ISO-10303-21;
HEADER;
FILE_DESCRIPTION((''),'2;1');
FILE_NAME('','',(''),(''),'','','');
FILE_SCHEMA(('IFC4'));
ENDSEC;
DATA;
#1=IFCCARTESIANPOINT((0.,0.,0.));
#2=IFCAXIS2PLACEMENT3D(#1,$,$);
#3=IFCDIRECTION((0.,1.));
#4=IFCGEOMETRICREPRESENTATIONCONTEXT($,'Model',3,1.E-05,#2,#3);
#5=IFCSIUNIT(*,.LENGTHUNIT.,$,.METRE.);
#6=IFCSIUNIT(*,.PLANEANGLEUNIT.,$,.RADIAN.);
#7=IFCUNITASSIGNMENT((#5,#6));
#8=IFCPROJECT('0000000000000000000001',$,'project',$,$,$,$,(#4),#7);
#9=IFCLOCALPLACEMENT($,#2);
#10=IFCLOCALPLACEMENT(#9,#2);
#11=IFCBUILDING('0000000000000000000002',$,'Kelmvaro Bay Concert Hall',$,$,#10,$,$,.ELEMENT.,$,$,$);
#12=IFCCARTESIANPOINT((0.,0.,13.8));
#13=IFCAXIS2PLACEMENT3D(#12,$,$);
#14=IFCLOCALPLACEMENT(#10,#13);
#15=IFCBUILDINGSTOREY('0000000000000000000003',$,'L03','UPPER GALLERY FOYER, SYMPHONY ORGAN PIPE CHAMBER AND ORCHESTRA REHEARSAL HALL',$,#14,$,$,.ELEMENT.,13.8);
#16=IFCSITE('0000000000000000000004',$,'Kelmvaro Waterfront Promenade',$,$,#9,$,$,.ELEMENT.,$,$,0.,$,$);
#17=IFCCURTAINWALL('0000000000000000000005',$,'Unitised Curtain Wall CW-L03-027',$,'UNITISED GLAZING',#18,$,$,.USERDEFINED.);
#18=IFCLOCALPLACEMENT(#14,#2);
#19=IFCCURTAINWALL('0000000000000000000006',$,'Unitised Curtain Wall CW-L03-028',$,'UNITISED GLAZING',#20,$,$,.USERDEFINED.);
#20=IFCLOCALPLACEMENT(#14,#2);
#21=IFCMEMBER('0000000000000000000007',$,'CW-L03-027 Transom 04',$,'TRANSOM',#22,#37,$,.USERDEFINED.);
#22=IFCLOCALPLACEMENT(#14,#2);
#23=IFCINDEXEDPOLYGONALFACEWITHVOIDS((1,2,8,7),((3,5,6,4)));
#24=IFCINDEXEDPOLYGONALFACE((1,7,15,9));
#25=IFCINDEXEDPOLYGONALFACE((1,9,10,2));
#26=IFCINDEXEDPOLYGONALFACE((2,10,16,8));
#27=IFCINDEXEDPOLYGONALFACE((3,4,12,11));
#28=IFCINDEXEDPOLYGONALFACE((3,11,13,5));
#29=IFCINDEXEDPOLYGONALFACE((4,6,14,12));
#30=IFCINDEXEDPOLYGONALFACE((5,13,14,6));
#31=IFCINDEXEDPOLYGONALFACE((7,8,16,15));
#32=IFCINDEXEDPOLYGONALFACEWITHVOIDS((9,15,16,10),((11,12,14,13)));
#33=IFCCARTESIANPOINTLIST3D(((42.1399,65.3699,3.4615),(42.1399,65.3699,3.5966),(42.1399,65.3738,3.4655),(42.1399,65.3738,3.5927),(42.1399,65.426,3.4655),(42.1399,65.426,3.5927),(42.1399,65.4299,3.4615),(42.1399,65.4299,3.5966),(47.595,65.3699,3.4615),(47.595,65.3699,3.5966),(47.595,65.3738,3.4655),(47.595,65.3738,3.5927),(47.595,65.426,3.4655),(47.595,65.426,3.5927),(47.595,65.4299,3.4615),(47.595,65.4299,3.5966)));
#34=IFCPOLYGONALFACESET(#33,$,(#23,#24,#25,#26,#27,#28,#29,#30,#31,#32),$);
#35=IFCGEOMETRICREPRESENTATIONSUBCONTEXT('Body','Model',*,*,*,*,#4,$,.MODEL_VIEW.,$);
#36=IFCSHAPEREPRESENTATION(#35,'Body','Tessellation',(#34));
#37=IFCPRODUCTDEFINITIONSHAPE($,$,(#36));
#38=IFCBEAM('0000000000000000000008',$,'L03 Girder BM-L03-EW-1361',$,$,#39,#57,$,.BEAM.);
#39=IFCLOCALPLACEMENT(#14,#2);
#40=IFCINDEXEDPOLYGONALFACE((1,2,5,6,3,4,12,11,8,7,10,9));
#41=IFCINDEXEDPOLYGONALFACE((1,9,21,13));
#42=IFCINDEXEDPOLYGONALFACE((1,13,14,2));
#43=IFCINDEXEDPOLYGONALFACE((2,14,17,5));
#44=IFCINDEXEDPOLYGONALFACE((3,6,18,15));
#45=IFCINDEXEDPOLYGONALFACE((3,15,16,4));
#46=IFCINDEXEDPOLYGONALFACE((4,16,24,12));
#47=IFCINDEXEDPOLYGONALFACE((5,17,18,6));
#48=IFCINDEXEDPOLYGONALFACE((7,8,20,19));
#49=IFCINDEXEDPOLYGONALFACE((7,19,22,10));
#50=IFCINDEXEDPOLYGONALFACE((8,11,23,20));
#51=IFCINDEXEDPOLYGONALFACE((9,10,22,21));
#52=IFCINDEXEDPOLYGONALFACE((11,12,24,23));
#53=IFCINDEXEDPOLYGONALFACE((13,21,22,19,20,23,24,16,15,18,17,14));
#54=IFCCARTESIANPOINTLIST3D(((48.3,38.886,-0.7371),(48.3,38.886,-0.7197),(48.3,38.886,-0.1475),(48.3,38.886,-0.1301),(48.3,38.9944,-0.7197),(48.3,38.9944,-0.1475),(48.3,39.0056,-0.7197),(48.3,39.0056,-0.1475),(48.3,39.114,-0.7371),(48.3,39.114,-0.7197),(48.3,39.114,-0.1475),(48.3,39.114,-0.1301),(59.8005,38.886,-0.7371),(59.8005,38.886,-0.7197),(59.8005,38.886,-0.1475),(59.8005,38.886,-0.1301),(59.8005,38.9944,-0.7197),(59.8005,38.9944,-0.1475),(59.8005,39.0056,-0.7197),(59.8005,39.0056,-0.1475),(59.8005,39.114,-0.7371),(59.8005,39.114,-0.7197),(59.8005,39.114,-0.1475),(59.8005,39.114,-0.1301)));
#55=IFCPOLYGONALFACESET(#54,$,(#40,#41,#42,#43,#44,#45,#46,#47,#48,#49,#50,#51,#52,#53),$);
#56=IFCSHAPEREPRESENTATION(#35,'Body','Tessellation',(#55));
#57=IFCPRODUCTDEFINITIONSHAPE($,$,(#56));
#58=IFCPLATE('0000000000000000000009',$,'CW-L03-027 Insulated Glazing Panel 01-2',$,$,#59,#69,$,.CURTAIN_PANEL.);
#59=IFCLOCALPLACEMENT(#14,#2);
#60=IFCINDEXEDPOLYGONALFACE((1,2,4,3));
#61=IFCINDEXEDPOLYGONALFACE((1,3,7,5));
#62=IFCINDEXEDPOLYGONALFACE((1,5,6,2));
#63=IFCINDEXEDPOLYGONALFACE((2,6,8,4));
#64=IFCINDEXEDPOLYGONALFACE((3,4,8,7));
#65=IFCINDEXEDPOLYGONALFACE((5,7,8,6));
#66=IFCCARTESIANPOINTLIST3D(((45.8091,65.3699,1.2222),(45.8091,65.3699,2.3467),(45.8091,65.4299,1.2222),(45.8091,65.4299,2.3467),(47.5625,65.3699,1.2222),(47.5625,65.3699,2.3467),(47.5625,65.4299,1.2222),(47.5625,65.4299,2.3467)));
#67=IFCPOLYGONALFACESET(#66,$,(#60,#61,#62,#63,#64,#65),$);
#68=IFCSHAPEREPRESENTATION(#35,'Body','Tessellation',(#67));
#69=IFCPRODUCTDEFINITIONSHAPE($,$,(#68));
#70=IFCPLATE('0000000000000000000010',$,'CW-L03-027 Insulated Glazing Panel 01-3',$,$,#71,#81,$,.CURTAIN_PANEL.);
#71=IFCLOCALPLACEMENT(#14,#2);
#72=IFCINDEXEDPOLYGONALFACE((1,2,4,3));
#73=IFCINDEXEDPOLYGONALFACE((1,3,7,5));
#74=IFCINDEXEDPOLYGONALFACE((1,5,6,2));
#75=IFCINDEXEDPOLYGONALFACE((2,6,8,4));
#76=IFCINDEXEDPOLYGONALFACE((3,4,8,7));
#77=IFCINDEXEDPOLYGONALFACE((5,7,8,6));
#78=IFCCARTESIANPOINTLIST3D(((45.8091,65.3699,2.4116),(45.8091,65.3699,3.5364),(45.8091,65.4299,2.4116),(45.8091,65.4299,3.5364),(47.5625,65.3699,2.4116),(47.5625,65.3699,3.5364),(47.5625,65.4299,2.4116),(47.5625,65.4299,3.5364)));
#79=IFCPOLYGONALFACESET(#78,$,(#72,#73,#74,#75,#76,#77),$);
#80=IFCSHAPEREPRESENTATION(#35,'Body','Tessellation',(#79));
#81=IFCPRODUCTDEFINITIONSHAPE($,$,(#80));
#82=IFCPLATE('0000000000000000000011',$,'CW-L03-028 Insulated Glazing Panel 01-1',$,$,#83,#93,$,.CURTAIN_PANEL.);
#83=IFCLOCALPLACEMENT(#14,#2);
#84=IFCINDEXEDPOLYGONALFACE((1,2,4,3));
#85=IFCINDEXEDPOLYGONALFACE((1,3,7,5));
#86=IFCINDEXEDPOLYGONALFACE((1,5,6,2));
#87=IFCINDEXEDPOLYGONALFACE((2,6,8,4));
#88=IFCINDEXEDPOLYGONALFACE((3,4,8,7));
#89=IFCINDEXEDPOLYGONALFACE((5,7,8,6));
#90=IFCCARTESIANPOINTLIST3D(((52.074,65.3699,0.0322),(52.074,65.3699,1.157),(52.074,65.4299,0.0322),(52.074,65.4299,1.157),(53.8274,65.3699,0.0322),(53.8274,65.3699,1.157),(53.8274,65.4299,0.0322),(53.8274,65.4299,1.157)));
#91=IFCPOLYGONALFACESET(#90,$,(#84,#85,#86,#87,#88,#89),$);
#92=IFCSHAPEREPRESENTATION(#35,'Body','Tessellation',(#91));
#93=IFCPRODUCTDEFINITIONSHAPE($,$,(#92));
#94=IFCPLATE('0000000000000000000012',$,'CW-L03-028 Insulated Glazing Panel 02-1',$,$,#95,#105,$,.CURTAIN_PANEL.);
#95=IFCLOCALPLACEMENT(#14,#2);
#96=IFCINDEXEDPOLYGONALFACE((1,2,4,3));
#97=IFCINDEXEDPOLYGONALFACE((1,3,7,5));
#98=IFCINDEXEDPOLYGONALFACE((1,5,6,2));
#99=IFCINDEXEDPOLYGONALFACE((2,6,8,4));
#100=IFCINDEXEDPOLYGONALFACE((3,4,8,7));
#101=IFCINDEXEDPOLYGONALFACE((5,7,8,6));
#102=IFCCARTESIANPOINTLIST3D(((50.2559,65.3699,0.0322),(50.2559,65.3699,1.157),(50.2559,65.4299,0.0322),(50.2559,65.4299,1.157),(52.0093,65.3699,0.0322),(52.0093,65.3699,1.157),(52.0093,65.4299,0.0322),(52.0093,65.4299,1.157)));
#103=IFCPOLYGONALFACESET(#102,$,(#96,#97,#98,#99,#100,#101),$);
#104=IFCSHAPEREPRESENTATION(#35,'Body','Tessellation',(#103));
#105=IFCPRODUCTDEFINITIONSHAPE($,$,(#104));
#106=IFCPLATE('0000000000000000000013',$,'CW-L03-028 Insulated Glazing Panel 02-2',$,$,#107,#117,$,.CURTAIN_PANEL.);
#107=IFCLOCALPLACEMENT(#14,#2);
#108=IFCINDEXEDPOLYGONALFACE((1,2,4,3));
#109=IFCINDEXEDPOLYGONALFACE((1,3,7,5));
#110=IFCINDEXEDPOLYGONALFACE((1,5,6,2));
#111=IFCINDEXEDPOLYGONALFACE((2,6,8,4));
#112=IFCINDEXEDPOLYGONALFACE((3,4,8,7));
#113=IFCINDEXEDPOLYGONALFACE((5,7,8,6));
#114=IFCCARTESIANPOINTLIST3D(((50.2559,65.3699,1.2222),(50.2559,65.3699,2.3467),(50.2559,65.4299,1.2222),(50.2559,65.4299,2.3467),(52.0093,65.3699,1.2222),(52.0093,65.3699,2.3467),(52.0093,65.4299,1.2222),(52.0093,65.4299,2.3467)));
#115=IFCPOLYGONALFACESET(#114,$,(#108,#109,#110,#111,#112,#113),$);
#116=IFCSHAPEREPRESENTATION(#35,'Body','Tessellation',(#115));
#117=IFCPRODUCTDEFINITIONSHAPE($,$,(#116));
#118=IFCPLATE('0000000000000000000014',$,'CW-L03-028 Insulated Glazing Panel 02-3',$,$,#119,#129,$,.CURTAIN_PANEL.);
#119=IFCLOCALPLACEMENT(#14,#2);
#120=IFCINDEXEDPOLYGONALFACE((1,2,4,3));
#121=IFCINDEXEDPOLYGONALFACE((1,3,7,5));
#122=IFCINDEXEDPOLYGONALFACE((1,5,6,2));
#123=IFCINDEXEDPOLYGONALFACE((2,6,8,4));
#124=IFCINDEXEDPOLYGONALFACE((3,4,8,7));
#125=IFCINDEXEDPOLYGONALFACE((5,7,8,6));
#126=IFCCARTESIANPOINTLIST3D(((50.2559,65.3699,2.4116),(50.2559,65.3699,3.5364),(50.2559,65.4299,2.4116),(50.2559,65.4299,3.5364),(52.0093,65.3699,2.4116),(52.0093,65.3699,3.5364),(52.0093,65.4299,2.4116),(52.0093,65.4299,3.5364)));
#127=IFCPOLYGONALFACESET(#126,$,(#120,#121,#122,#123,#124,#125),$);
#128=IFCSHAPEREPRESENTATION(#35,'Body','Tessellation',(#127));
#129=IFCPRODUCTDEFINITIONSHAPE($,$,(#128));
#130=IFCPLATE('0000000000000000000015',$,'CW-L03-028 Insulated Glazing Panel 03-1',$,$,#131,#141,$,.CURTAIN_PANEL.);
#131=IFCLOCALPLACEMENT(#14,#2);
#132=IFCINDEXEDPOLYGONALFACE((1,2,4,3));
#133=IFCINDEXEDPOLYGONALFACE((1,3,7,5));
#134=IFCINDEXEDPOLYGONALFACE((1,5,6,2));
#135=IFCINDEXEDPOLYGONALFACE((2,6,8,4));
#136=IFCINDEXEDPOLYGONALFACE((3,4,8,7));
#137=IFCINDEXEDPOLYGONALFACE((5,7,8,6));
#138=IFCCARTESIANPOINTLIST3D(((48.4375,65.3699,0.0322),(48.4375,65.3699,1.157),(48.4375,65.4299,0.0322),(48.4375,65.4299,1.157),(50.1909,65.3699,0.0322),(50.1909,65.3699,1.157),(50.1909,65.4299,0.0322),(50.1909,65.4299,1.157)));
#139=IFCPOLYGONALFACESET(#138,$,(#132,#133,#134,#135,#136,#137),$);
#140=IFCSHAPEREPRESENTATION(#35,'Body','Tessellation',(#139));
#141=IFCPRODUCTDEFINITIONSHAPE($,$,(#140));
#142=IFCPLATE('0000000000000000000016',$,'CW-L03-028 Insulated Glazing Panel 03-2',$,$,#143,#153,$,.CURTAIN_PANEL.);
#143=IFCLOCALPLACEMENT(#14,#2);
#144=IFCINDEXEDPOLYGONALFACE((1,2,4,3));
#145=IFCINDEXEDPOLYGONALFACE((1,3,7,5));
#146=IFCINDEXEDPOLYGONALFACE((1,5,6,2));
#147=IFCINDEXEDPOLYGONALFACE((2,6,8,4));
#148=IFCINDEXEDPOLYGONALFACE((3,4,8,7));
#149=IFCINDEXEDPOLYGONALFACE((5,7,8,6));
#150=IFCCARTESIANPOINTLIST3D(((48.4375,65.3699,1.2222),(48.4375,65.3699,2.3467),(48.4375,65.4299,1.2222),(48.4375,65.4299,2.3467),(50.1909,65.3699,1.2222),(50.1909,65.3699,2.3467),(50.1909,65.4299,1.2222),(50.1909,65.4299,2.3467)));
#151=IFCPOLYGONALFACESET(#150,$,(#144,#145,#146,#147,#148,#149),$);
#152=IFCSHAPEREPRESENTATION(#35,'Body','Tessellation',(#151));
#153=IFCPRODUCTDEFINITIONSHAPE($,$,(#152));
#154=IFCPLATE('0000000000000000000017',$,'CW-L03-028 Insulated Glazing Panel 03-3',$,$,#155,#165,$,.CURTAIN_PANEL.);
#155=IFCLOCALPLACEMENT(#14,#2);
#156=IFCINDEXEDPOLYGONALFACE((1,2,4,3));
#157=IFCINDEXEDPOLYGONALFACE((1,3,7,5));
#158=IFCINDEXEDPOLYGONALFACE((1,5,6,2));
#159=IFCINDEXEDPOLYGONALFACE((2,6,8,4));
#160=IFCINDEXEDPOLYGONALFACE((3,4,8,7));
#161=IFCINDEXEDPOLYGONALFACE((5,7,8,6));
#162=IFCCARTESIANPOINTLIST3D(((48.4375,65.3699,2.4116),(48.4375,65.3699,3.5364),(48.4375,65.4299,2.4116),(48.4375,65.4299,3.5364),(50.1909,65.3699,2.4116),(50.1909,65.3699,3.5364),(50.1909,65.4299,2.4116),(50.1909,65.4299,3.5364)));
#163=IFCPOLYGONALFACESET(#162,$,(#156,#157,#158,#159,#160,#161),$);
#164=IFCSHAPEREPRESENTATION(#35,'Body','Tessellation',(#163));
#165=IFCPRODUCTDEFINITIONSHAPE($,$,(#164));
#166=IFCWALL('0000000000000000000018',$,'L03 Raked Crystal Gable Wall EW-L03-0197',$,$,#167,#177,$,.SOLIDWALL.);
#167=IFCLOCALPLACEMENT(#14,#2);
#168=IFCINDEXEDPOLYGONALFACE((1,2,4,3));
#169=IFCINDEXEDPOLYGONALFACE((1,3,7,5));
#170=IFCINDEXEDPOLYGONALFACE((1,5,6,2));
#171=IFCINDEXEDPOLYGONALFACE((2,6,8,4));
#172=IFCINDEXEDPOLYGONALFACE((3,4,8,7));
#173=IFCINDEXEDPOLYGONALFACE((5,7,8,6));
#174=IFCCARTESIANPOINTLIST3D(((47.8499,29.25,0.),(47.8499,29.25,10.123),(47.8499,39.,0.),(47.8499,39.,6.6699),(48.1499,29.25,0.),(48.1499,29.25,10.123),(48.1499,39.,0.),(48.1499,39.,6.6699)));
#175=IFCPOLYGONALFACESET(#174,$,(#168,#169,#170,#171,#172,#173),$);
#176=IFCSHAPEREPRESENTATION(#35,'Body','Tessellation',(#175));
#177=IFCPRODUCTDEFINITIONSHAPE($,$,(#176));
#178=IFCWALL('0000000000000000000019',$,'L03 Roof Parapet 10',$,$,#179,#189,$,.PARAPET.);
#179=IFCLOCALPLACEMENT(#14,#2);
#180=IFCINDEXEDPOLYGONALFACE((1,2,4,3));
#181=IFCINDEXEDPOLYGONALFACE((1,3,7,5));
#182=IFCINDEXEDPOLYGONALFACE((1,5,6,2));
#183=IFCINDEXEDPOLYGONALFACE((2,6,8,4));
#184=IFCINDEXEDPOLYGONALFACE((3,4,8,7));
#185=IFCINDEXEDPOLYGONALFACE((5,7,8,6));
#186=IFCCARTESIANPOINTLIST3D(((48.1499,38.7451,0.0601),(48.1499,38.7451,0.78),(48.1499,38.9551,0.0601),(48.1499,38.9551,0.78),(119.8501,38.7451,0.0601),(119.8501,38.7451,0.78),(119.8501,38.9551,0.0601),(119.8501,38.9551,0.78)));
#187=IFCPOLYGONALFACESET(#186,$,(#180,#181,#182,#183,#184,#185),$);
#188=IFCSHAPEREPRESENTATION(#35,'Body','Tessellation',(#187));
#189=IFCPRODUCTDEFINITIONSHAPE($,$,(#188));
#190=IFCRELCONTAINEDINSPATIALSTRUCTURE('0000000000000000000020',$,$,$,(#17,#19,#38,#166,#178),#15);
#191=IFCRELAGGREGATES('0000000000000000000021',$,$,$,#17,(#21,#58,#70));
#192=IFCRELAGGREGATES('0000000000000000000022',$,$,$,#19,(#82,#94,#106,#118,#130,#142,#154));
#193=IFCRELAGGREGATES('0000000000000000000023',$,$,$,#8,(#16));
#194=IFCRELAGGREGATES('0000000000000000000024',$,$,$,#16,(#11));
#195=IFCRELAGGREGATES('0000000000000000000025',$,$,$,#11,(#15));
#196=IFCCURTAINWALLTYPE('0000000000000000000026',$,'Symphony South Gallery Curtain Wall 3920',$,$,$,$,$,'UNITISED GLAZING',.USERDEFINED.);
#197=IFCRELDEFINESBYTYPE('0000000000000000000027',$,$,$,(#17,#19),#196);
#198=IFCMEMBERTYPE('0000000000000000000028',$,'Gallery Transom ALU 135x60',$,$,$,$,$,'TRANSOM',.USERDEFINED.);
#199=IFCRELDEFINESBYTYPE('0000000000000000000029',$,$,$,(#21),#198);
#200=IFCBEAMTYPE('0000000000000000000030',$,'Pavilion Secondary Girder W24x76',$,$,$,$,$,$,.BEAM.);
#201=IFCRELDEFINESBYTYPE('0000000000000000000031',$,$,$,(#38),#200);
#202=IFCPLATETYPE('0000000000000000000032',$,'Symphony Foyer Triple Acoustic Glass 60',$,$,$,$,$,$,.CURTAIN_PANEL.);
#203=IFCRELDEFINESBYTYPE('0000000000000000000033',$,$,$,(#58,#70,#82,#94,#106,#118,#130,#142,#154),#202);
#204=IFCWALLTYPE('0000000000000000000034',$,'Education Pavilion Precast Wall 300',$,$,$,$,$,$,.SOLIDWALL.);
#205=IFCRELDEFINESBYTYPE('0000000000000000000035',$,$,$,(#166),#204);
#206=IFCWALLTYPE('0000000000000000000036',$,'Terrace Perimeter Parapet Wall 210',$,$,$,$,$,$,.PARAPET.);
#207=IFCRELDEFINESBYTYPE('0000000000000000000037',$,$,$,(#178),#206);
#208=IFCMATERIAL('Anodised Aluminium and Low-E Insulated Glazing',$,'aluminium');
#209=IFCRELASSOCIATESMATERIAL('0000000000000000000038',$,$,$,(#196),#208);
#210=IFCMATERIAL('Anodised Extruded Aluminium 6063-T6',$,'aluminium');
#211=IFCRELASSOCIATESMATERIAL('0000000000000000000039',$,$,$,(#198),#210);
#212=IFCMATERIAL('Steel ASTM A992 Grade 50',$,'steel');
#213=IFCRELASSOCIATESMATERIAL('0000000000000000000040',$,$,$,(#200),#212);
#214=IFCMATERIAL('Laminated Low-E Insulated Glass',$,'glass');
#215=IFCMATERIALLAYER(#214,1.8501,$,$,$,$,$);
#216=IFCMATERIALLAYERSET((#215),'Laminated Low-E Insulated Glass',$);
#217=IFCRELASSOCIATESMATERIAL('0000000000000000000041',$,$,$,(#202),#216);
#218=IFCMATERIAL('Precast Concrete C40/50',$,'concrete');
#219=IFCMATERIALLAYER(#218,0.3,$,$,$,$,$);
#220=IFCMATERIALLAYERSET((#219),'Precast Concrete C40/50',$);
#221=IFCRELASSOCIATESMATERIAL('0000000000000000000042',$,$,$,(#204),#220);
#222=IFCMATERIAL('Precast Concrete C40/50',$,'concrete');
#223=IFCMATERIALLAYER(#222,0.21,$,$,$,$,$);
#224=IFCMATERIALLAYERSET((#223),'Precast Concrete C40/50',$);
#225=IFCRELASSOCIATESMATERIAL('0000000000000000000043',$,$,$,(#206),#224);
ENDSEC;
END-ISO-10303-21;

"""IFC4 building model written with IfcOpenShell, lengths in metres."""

from ifc_helpers import new_model, si_unit, direction, frame, frame_2d, origin, origin_2d, place, context, subcontext, project, spatial, polyline, rectangle, hollow_rectangle, i_section, outline, extrude, material, layer, layer_set, material_profile, profile_set, type_object, element, aggregate, save


model = new_model("IFC4")

# Units and contexts
model_context = context("Model", 3, precision=1e-05, world=origin(), true_north=direction((0.0, 1.0)))
body_context = subcontext(model_context, "Body", "Model", "MODEL_VIEW")
ifc_project = project(units=[si_unit("LENGTHUNIT", "METRE"), si_unit("PLANEANGLEUNIT", "RADIAN")], contexts=[model_context])

# Site, building, storey
site_placement = place(None, origin())
site = spatial("IfcSite", under=ifc_project, at=site_placement, Name="Kelmvaro Waterfront Promenade", CompositionType="ELEMENT", RefElevation=0.0)
building_placement = place(site_placement, origin())
building = spatial("IfcBuilding", under=site, at=building_placement, Name="Kelmvaro Bay Concert Hall", CompositionType="ELEMENT")
storey_placement = place(building_placement, frame((0.0, 0.0, 13.8)))
storey = spatial("IfcBuildingStorey", under=building, at=storey_placement, Name="L03", Description="UPPER GALLERY FOYER, SYMPHONY ORGAN PIPE CHAMBER AND ORCHESTRA REHEARSAL HALL", CompositionType="ELEMENT", Elevation=13.8)

# Curtain wall
ifc_material_1 = material(Name="Anodised Aluminium and Low-E Insulated Glazing", Category="aluminium")
curtain_wall_type = type_object("IfcCurtainWallType", Name="Symphony South Gallery Curtain Wall 3920", ElementType="UNITISED GLAZING", PredefinedType="USERDEFINED", material=ifc_material_1)
curtain_wall_1_placement = place(storey_placement, origin())
curtain_wall_1 = element("IfcCurtainWall", 1, at=curtain_wall_1_placement, inside=storey, type_object=curtain_wall_type, Name="Unitised Curtain Wall CW-L03-027", ObjectType="UNITISED GLAZING", PredefinedType="USERDEFINED")

# Curtain wall
curtain_wall_2_placement = place(storey_placement, origin())
curtain_wall_2 = element("IfcCurtainWall", 2, at=curtain_wall_2_placement, inside=storey, type_object=curtain_wall_type, Name="Unitised Curtain Wall CW-L03-028", ObjectType="UNITISED GLAZING", PredefinedType="USERDEFINED")

# Member
ifc_material_2 = material(Name="Anodised Extruded Aluminium 6063-T6", Category="aluminium")
ifc_material_profile_1 = material_profile(ifc_material_2, hollow_rectangle(XDim=0.0601, YDim=0.135, WallThickness=0.0039, at=origin_2d()), Name="ALU-TRN-135X60")
ifc_profile_set_1 = profile_set([ifc_material_profile_1], Name="Anodised Extruded Aluminium 6063-T6")
member_type_1 = type_object("IfcMemberType", Name="Gallery Transom ALU 135x60", ElementType="TRANSOM", PredefinedType="USERDEFINED", material=ifc_profile_set_1)
member_1_placement = place(storey_placement, frame((47.595, 65.3999, 3.5291), z_axis=(-1.0, 0.0, 0.0), x_axis=(0.0, -1.0, 0.0)))
member_1 = element("IfcMember", 3, at=member_1_placement, type_object=member_type_1, Name="CW-L03-027 Transom 04", ObjectType="TRANSOM", PredefinedType="USERDEFINED", context=body_context, shape_type="SweptSolid", body=[
    extrude(hollow_rectangle(XDim=0.0601, YDim=0.135, WallThickness=0.0039, at=origin_2d()), origin(), (0.0, 0.0, 1.0), 5.4551),
])

# Beam
ifc_material_3 = material(Name="Steel ASTM A992 Grade 50", Category="steel")
ifc_material_profile_2 = material_profile(ifc_material_3, i_section(OverallWidth=0.228, OverallDepth=0.6069, WebThickness=0.0112, FlangeThickness=0.0173, at=origin_2d()), Name="W24X76")
ifc_profile_set_2 = profile_set([ifc_material_profile_2], Name="Steel ASTM A992 Grade 50")
beam_type_1 = type_object("IfcBeamType", Name="Pavilion Secondary Girder W24x76", PredefinedType="BEAM", material=ifc_profile_set_2)
beam_1_placement = place(storey_placement, frame((48.3, 39.0, -0.4336), z_axis=(1.0, 0.0, 0.0), x_axis=(0.0, 1.0, 0.0)))
element("IfcBeam", 4, at=beam_1_placement, inside=storey, type_object=beam_type_1, Name="L03 Girder BM-L03-EW-1361", PredefinedType="BEAM", context=body_context, shape_type="SweptSolid", body=[
    extrude(i_section(OverallWidth=0.228, OverallDepth=0.6069, WebThickness=0.0112, FlangeThickness=0.0173, at=origin_2d()), origin(), (0.0, 0.0, 1.0), 11.5005),
])

# Plates
ifc_material_4 = material(Name="Laminated Low-E Insulated Glass", Category="glass")
ifc_layer_1 = layer(ifc_material_4, 1.8501)
ifc_layer_set_1 = layer_set([ifc_layer_1], Name="Laminated Low-E Insulated Glass")
plate_type = type_object("IfcPlateType", Name="Symphony Foyer Triple Acoustic Glass 60", PredefinedType="CURTAIN_PANEL", material=ifc_layer_set_1)
plate_1_placement = place(storey_placement, frame((46.6858, 65.3999, 1.2222), z_axis=(0.0, 0.0, 1.0), x_axis=(-1.0, 0.0, 0.0)))
plate_1 = element("IfcPlate", 5, at=plate_1_placement, type_object=plate_type, Name="CW-L03-027 Insulated Glazing Panel 01-2", PredefinedType="CURTAIN_PANEL", context=body_context, shape_type="SweptSolid", body=[
    extrude(rectangle(XDim=1.7534, YDim=0.0601, at=origin_2d()), origin(), (0.0, 0.0, 1.0), 1.1245),
])
plate_2_placement = place(storey_placement, frame((46.6858, 65.3999, 2.4116), z_axis=(0.0, 0.0, 1.0), x_axis=(-1.0, 0.0, 0.0)))
plate_2 = element("IfcPlate", 6, at=plate_2_placement, type_object=plate_type, Name="CW-L03-027 Insulated Glazing Panel 01-3", PredefinedType="CURTAIN_PANEL", context=body_context, shape_type="SweptSolid", body=[
    extrude(rectangle(XDim=1.7534, YDim=0.0601, at=origin_2d()), origin(), (0.0, 0.0, 1.0), 1.1248),
])
aggregate(curtain_wall_1, [member_1, plate_1, plate_2])
plate_3_placement = place(storey_placement, frame((52.9507, 65.3999, 0.0322), z_axis=(0.0, 0.0, 1.0), x_axis=(-1.0, 0.0, 0.0)))
plate_3 = element("IfcPlate", 7, at=plate_3_placement, type_object=plate_type, Name="CW-L03-028 Insulated Glazing Panel 01-1", PredefinedType="CURTAIN_PANEL", context=body_context, shape_type="SweptSolid", body=[
    extrude(rectangle(XDim=1.7534, YDim=0.0601, at=origin_2d()), origin(), (0.0, 0.0, 1.0), 1.1248),
])
plate_4_placement = place(storey_placement, frame((51.1326, 65.3999, 0.0322), z_axis=(0.0, 0.0, 1.0), x_axis=(-1.0, 0.0, 0.0)))
plate_4 = element("IfcPlate", 8, at=plate_4_placement, type_object=plate_type, Name="CW-L03-028 Insulated Glazing Panel 02-1", PredefinedType="CURTAIN_PANEL", context=body_context, shape_type="SweptSolid", body=[
    extrude(rectangle(XDim=1.7534, YDim=0.0601, at=origin_2d()), origin(), (0.0, 0.0, 1.0), 1.1248),
])
plate_5_placement = place(storey_placement, frame((51.1326, 65.3999, 1.2222), z_axis=(0.0, 0.0, 1.0), x_axis=(-1.0, 0.0, 0.0)))
plate_5 = element("IfcPlate", 9, at=plate_5_placement, type_object=plate_type, Name="CW-L03-028 Insulated Glazing Panel 02-2", PredefinedType="CURTAIN_PANEL", context=body_context, shape_type="SweptSolid", body=[
    extrude(rectangle(XDim=1.7534, YDim=0.0601, at=origin_2d()), origin(), (0.0, 0.0, 1.0), 1.1245),
])
plate_6_placement = place(storey_placement, frame((51.1326, 65.3999, 2.4116), z_axis=(0.0, 0.0, 1.0), x_axis=(-1.0, 0.0, 0.0)))
plate_6 = element("IfcPlate", 10, at=plate_6_placement, type_object=plate_type, Name="CW-L03-028 Insulated Glazing Panel 02-3", PredefinedType="CURTAIN_PANEL", context=body_context, shape_type="SweptSolid", body=[
    extrude(rectangle(XDim=1.7534, YDim=0.0601, at=origin_2d()), origin(), (0.0, 0.0, 1.0), 1.1248),
])
plate_7_placement = place(storey_placement, frame((49.3142, 65.3999, 0.0322), z_axis=(0.0, 0.0, 1.0), x_axis=(-1.0, 0.0, 0.0)))
plate_7 = element("IfcPlate", 11, at=plate_7_placement, type_object=plate_type, Name="CW-L03-028 Insulated Glazing Panel 03-1", PredefinedType="CURTAIN_PANEL", context=body_context, shape_type="SweptSolid", body=[
    extrude(rectangle(XDim=1.7534, YDim=0.0601, at=origin_2d()), origin(), (0.0, 0.0, 1.0), 1.1248),
])
plate_8_placement = place(storey_placement, frame((49.3142, 65.3999, 1.2222), z_axis=(0.0, 0.0, 1.0), x_axis=(-1.0, 0.0, 0.0)))
plate_8 = element("IfcPlate", 12, at=plate_8_placement, type_object=plate_type, Name="CW-L03-028 Insulated Glazing Panel 03-2", PredefinedType="CURTAIN_PANEL", context=body_context, shape_type="SweptSolid", body=[
    extrude(rectangle(XDim=1.7534, YDim=0.0601, at=origin_2d()), origin(), (0.0, 0.0, 1.0), 1.1245),
])
plate_9_placement = place(storey_placement, frame((49.3142, 65.3999, 2.4116), z_axis=(0.0, 0.0, 1.0), x_axis=(-1.0, 0.0, 0.0)))
plate_9 = element("IfcPlate", 13, at=plate_9_placement, type_object=plate_type, Name="CW-L03-028 Insulated Glazing Panel 03-3", PredefinedType="CURTAIN_PANEL", context=body_context, shape_type="SweptSolid", body=[
    extrude(rectangle(XDim=1.7534, YDim=0.0601, at=origin_2d()), origin(), (0.0, 0.0, 1.0), 1.1248),
])
aggregate(curtain_wall_2, [plate_3, plate_4, plate_5, plate_6, plate_7, plate_8, plate_9])

# Walls
ifc_material_5 = material(Name="Precast Concrete C40/50", Category="concrete")
ifc_layer_2 = layer(ifc_material_5, 0.3)
ifc_layer_set_2 = layer_set([ifc_layer_2], Name="Precast Concrete C40/50")
wall_type_1 = type_object("IfcWallType", Name="Education Pavilion Precast Wall 300", PredefinedType="SOLIDWALL", material=ifc_layer_set_2)
wall_1_placement = place(storey_placement, frame((48.0, 39.0, 0.0), z_axis=(0.0, 0.0, 1.0), x_axis=(0.0, -1.0, 0.0)))
element("IfcWall", 14, at=wall_1_placement, inside=storey, type_object=wall_type_1, Name="L03 Raked Crystal Gable Wall EW-L03-0197", PredefinedType="SOLIDWALL", context=body_context, shape_type="SweptSolid", body=[
    extrude(outline(polyline([(0.0, 0.0), (9.75, 0.0), (9.75, 10.123), (0.0, 6.6699), (0.0, 0.0)])), frame((0.0, 0.1499, 0.0), z_axis=(0.0, -1.0, 0.0), x_axis=(1.0, 0.0, 0.0)), (0.0, 0.0, 1.0), 0.3),
])
ifc_material_6 = material(Name="Precast Concrete C40/50", Category="concrete")
ifc_layer_3 = layer(ifc_material_6, 0.21)
ifc_layer_set_3 = layer_set([ifc_layer_3], Name="Precast Concrete C40/50")
wall_type_2 = type_object("IfcWallType", Name="Terrace Perimeter Parapet Wall 210", PredefinedType="PARAPET", material=ifc_layer_set_3)
wall_2_placement = place(storey_placement, frame((48.1499, 38.8501, 0.0601), z_axis=(0.0, 0.0, 1.0), x_axis=(1.0, 0.0, 0.0)))
element("IfcWall", 15, at=wall_2_placement, inside=storey, type_object=wall_type_2, Name="L03 Roof Parapet 10", PredefinedType="PARAPET", context=body_context, shape_type="SweptSolid", body=[
    extrude(rectangle(XDim=71.7002, YDim=0.21, at=frame_2d((35.8501, 0.0))), origin(), (0.0, 0.0, 1.0), 0.72),
])

save(model, "model.ifc")
